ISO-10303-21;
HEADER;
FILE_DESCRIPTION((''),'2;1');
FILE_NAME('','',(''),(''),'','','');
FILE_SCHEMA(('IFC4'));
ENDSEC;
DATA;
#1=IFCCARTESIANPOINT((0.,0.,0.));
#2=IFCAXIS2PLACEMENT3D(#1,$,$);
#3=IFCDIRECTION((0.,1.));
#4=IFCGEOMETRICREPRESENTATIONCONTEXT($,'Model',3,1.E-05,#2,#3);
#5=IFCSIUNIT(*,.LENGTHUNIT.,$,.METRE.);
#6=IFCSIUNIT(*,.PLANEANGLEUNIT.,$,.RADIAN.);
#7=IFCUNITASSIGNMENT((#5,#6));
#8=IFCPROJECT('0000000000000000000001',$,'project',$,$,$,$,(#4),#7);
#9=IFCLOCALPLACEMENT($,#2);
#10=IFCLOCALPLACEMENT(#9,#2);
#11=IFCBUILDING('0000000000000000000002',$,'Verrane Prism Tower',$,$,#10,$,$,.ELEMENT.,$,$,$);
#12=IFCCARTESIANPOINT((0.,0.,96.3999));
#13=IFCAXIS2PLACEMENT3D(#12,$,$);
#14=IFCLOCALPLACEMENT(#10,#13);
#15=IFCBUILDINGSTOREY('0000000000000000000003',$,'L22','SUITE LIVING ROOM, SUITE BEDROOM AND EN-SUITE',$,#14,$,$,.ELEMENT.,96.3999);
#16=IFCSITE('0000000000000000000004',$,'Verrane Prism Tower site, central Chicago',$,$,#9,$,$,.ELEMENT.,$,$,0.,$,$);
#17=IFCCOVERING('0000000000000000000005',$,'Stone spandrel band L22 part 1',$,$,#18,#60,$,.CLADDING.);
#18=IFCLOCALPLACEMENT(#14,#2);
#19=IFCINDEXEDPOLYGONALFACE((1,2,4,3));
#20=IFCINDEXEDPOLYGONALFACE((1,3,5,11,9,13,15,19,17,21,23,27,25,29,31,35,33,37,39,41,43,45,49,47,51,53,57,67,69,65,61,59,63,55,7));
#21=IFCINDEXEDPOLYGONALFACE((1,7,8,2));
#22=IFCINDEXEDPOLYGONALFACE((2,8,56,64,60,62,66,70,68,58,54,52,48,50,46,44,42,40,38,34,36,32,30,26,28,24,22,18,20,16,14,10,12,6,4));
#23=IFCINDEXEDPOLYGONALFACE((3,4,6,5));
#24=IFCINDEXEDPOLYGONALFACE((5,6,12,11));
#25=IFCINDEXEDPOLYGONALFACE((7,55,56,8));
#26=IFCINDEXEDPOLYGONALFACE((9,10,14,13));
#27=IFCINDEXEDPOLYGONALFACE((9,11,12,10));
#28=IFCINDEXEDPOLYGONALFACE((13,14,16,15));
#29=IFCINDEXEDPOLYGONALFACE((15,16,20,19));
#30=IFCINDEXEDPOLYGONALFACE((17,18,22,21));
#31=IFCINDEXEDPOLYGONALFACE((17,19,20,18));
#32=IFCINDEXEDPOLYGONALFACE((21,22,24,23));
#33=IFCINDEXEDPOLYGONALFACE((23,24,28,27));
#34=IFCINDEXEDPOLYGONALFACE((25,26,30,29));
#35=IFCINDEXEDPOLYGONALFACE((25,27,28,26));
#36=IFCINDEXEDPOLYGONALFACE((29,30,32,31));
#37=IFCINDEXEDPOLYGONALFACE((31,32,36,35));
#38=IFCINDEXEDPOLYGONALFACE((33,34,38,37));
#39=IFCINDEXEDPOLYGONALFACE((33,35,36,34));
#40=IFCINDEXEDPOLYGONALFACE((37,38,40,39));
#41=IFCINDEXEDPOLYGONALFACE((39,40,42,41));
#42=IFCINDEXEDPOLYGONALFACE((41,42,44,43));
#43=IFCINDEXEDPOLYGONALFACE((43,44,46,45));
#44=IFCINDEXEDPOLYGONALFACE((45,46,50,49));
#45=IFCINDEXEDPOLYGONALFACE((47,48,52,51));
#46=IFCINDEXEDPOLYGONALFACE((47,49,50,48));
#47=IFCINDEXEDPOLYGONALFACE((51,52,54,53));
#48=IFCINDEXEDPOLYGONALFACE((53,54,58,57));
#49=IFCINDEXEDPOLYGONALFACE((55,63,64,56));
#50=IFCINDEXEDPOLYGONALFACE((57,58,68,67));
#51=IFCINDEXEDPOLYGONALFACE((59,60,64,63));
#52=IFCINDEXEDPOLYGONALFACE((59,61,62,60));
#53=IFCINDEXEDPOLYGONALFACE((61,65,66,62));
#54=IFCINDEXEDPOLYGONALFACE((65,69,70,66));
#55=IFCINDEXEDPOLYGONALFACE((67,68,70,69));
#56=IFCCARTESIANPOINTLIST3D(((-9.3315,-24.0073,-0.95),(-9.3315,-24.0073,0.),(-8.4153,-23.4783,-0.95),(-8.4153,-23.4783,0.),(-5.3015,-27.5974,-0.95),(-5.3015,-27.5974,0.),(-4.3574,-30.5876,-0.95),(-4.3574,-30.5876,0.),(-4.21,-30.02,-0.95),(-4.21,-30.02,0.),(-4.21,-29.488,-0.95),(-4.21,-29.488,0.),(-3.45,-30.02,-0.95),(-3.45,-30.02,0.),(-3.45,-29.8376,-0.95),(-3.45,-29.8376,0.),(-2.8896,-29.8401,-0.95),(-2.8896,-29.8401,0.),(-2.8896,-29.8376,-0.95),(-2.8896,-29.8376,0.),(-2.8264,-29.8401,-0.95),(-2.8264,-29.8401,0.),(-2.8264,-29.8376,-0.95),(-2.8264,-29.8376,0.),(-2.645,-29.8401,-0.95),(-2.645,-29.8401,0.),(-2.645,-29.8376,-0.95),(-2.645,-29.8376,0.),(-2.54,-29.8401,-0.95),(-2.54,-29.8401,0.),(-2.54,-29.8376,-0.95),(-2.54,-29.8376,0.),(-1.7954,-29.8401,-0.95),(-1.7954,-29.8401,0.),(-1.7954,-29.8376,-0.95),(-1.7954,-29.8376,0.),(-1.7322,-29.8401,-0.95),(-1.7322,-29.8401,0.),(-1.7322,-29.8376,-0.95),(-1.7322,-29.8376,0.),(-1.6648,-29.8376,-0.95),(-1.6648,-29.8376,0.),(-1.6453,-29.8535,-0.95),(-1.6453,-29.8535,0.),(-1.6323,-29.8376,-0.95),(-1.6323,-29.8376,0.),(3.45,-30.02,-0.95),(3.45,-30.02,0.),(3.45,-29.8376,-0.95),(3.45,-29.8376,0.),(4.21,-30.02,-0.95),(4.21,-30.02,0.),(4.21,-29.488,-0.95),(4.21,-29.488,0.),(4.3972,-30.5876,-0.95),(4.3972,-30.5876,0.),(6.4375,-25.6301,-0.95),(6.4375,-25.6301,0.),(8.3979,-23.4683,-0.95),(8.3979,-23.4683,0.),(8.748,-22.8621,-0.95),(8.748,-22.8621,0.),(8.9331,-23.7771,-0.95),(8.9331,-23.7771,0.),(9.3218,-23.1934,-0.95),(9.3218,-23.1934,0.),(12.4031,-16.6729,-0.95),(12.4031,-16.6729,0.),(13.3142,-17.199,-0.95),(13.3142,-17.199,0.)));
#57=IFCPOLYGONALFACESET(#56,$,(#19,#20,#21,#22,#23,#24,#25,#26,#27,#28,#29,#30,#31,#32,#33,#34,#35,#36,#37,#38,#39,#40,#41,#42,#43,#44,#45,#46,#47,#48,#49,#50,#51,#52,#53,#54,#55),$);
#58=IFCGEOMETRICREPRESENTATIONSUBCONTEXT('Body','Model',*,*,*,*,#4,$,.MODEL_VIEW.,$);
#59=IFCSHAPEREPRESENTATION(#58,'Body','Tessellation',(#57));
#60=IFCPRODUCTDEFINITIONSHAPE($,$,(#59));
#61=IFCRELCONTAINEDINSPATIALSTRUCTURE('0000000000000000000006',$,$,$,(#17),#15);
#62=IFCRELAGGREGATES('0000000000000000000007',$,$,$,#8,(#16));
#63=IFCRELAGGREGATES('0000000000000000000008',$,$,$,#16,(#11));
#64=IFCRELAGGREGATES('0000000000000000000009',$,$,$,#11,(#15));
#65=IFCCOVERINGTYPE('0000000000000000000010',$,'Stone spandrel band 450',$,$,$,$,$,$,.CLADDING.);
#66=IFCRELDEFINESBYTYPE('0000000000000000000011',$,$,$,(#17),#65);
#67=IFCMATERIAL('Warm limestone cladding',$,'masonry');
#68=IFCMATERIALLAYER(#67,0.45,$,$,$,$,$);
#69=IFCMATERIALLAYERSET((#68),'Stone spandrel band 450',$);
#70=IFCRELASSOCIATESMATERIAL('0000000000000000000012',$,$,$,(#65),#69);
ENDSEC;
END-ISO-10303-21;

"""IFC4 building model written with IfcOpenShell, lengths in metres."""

from ifc_helpers import new_model, si_unit, direction, frame, origin, place, context, subcontext, project, spatial, polyline, outline, extrude, material, layer, layer_set, type_object, element, save


model = new_model("IFC4")

# Units and contexts
model_context = context("Model", 3, precision=1e-05, world=origin(), true_north=direction((0.0, 1.0)))
body_context = subcontext(model_context, "Body", "Model", "MODEL_VIEW")
ifc_project = project(units=[si_unit("LENGTHUNIT", "METRE"), si_unit("PLANEANGLEUNIT", "RADIAN")], contexts=[model_context])

# Site, building, storey
site_placement = place(None, origin())
site = spatial("IfcSite", under=ifc_project, at=site_placement, Name="Verrane Prism Tower site, central Chicago", CompositionType="ELEMENT", RefElevation=0.0)
building_placement = place(site_placement, origin())
building = spatial("IfcBuilding", under=site, at=building_placement, Name="Verrane Prism Tower", CompositionType="ELEMENT")
storey_placement = place(building_placement, frame((0.0, 0.0, 96.3999)))
storey = spatial("IfcBuildingStorey", under=building, at=storey_placement, Name="L22", Description="SUITE LIVING ROOM, SUITE BEDROOM AND EN-SUITE", CompositionType="ELEMENT", Elevation=96.3999)

# Covering
ifc_material_1 = material(Name="Warm limestone cladding", Category="masonry")
ifc_layer_1 = layer(ifc_material_1, 0.45)
ifc_layer_set_1 = layer_set([ifc_layer_1], Name="Stone spandrel band 450")
covering_type = type_object("IfcCoveringType", Name="Stone spandrel band 450", PredefinedType="CLADDING", material=ifc_layer_set_1)
covering_placement = place(storey_placement, frame((0.0, 0.0, -0.95)))
element("IfcCovering", 1, at=covering_placement, inside=storey, type_object=covering_type, Name="Stone spandrel band L22 part 1", PredefinedType="CLADDING", context=body_context, shape_type="SweptSolid", body=[
    extrude(outline(polyline([(4.3972, -30.5876), (8.9331, -23.7771), (8.3979, -23.4683), (8.748, -22.8621), (9.3218, -23.1934), (13.3142, -17.199), (12.4031, -16.6729), (6.4375, -25.6301), (4.21, -29.488), (4.21, -30.02), (3.45, -30.02), (3.45, -29.8376), (-1.6323, -29.8376), (-1.6453, -29.8535), (-1.6648, -29.8376), (-1.7322, -29.8376), (-1.7322, -29.8401), (-1.7954, -29.8401), (-1.7954, -29.8376), (-2.54, -29.8376), (-2.54, -29.8401), (-2.645, -29.8401), (-2.645, -29.8376), (-2.8264, -29.8376), (-2.8264, -29.8401), (-2.8896, -29.8401), (-2.8896, -29.8376), (-3.45, -29.8376), (-3.45, -30.02), (-4.21, -30.02), (-4.21, -29.488), (-5.3015, -27.5974), (-8.4153, -23.4783), (-9.3315, -24.0073), (-4.3574, -30.5876), (4.3972, -30.5876)])), origin(), (0.0, 0.0, 1.0), 0.95),
])

save(model, "model.ifc")
